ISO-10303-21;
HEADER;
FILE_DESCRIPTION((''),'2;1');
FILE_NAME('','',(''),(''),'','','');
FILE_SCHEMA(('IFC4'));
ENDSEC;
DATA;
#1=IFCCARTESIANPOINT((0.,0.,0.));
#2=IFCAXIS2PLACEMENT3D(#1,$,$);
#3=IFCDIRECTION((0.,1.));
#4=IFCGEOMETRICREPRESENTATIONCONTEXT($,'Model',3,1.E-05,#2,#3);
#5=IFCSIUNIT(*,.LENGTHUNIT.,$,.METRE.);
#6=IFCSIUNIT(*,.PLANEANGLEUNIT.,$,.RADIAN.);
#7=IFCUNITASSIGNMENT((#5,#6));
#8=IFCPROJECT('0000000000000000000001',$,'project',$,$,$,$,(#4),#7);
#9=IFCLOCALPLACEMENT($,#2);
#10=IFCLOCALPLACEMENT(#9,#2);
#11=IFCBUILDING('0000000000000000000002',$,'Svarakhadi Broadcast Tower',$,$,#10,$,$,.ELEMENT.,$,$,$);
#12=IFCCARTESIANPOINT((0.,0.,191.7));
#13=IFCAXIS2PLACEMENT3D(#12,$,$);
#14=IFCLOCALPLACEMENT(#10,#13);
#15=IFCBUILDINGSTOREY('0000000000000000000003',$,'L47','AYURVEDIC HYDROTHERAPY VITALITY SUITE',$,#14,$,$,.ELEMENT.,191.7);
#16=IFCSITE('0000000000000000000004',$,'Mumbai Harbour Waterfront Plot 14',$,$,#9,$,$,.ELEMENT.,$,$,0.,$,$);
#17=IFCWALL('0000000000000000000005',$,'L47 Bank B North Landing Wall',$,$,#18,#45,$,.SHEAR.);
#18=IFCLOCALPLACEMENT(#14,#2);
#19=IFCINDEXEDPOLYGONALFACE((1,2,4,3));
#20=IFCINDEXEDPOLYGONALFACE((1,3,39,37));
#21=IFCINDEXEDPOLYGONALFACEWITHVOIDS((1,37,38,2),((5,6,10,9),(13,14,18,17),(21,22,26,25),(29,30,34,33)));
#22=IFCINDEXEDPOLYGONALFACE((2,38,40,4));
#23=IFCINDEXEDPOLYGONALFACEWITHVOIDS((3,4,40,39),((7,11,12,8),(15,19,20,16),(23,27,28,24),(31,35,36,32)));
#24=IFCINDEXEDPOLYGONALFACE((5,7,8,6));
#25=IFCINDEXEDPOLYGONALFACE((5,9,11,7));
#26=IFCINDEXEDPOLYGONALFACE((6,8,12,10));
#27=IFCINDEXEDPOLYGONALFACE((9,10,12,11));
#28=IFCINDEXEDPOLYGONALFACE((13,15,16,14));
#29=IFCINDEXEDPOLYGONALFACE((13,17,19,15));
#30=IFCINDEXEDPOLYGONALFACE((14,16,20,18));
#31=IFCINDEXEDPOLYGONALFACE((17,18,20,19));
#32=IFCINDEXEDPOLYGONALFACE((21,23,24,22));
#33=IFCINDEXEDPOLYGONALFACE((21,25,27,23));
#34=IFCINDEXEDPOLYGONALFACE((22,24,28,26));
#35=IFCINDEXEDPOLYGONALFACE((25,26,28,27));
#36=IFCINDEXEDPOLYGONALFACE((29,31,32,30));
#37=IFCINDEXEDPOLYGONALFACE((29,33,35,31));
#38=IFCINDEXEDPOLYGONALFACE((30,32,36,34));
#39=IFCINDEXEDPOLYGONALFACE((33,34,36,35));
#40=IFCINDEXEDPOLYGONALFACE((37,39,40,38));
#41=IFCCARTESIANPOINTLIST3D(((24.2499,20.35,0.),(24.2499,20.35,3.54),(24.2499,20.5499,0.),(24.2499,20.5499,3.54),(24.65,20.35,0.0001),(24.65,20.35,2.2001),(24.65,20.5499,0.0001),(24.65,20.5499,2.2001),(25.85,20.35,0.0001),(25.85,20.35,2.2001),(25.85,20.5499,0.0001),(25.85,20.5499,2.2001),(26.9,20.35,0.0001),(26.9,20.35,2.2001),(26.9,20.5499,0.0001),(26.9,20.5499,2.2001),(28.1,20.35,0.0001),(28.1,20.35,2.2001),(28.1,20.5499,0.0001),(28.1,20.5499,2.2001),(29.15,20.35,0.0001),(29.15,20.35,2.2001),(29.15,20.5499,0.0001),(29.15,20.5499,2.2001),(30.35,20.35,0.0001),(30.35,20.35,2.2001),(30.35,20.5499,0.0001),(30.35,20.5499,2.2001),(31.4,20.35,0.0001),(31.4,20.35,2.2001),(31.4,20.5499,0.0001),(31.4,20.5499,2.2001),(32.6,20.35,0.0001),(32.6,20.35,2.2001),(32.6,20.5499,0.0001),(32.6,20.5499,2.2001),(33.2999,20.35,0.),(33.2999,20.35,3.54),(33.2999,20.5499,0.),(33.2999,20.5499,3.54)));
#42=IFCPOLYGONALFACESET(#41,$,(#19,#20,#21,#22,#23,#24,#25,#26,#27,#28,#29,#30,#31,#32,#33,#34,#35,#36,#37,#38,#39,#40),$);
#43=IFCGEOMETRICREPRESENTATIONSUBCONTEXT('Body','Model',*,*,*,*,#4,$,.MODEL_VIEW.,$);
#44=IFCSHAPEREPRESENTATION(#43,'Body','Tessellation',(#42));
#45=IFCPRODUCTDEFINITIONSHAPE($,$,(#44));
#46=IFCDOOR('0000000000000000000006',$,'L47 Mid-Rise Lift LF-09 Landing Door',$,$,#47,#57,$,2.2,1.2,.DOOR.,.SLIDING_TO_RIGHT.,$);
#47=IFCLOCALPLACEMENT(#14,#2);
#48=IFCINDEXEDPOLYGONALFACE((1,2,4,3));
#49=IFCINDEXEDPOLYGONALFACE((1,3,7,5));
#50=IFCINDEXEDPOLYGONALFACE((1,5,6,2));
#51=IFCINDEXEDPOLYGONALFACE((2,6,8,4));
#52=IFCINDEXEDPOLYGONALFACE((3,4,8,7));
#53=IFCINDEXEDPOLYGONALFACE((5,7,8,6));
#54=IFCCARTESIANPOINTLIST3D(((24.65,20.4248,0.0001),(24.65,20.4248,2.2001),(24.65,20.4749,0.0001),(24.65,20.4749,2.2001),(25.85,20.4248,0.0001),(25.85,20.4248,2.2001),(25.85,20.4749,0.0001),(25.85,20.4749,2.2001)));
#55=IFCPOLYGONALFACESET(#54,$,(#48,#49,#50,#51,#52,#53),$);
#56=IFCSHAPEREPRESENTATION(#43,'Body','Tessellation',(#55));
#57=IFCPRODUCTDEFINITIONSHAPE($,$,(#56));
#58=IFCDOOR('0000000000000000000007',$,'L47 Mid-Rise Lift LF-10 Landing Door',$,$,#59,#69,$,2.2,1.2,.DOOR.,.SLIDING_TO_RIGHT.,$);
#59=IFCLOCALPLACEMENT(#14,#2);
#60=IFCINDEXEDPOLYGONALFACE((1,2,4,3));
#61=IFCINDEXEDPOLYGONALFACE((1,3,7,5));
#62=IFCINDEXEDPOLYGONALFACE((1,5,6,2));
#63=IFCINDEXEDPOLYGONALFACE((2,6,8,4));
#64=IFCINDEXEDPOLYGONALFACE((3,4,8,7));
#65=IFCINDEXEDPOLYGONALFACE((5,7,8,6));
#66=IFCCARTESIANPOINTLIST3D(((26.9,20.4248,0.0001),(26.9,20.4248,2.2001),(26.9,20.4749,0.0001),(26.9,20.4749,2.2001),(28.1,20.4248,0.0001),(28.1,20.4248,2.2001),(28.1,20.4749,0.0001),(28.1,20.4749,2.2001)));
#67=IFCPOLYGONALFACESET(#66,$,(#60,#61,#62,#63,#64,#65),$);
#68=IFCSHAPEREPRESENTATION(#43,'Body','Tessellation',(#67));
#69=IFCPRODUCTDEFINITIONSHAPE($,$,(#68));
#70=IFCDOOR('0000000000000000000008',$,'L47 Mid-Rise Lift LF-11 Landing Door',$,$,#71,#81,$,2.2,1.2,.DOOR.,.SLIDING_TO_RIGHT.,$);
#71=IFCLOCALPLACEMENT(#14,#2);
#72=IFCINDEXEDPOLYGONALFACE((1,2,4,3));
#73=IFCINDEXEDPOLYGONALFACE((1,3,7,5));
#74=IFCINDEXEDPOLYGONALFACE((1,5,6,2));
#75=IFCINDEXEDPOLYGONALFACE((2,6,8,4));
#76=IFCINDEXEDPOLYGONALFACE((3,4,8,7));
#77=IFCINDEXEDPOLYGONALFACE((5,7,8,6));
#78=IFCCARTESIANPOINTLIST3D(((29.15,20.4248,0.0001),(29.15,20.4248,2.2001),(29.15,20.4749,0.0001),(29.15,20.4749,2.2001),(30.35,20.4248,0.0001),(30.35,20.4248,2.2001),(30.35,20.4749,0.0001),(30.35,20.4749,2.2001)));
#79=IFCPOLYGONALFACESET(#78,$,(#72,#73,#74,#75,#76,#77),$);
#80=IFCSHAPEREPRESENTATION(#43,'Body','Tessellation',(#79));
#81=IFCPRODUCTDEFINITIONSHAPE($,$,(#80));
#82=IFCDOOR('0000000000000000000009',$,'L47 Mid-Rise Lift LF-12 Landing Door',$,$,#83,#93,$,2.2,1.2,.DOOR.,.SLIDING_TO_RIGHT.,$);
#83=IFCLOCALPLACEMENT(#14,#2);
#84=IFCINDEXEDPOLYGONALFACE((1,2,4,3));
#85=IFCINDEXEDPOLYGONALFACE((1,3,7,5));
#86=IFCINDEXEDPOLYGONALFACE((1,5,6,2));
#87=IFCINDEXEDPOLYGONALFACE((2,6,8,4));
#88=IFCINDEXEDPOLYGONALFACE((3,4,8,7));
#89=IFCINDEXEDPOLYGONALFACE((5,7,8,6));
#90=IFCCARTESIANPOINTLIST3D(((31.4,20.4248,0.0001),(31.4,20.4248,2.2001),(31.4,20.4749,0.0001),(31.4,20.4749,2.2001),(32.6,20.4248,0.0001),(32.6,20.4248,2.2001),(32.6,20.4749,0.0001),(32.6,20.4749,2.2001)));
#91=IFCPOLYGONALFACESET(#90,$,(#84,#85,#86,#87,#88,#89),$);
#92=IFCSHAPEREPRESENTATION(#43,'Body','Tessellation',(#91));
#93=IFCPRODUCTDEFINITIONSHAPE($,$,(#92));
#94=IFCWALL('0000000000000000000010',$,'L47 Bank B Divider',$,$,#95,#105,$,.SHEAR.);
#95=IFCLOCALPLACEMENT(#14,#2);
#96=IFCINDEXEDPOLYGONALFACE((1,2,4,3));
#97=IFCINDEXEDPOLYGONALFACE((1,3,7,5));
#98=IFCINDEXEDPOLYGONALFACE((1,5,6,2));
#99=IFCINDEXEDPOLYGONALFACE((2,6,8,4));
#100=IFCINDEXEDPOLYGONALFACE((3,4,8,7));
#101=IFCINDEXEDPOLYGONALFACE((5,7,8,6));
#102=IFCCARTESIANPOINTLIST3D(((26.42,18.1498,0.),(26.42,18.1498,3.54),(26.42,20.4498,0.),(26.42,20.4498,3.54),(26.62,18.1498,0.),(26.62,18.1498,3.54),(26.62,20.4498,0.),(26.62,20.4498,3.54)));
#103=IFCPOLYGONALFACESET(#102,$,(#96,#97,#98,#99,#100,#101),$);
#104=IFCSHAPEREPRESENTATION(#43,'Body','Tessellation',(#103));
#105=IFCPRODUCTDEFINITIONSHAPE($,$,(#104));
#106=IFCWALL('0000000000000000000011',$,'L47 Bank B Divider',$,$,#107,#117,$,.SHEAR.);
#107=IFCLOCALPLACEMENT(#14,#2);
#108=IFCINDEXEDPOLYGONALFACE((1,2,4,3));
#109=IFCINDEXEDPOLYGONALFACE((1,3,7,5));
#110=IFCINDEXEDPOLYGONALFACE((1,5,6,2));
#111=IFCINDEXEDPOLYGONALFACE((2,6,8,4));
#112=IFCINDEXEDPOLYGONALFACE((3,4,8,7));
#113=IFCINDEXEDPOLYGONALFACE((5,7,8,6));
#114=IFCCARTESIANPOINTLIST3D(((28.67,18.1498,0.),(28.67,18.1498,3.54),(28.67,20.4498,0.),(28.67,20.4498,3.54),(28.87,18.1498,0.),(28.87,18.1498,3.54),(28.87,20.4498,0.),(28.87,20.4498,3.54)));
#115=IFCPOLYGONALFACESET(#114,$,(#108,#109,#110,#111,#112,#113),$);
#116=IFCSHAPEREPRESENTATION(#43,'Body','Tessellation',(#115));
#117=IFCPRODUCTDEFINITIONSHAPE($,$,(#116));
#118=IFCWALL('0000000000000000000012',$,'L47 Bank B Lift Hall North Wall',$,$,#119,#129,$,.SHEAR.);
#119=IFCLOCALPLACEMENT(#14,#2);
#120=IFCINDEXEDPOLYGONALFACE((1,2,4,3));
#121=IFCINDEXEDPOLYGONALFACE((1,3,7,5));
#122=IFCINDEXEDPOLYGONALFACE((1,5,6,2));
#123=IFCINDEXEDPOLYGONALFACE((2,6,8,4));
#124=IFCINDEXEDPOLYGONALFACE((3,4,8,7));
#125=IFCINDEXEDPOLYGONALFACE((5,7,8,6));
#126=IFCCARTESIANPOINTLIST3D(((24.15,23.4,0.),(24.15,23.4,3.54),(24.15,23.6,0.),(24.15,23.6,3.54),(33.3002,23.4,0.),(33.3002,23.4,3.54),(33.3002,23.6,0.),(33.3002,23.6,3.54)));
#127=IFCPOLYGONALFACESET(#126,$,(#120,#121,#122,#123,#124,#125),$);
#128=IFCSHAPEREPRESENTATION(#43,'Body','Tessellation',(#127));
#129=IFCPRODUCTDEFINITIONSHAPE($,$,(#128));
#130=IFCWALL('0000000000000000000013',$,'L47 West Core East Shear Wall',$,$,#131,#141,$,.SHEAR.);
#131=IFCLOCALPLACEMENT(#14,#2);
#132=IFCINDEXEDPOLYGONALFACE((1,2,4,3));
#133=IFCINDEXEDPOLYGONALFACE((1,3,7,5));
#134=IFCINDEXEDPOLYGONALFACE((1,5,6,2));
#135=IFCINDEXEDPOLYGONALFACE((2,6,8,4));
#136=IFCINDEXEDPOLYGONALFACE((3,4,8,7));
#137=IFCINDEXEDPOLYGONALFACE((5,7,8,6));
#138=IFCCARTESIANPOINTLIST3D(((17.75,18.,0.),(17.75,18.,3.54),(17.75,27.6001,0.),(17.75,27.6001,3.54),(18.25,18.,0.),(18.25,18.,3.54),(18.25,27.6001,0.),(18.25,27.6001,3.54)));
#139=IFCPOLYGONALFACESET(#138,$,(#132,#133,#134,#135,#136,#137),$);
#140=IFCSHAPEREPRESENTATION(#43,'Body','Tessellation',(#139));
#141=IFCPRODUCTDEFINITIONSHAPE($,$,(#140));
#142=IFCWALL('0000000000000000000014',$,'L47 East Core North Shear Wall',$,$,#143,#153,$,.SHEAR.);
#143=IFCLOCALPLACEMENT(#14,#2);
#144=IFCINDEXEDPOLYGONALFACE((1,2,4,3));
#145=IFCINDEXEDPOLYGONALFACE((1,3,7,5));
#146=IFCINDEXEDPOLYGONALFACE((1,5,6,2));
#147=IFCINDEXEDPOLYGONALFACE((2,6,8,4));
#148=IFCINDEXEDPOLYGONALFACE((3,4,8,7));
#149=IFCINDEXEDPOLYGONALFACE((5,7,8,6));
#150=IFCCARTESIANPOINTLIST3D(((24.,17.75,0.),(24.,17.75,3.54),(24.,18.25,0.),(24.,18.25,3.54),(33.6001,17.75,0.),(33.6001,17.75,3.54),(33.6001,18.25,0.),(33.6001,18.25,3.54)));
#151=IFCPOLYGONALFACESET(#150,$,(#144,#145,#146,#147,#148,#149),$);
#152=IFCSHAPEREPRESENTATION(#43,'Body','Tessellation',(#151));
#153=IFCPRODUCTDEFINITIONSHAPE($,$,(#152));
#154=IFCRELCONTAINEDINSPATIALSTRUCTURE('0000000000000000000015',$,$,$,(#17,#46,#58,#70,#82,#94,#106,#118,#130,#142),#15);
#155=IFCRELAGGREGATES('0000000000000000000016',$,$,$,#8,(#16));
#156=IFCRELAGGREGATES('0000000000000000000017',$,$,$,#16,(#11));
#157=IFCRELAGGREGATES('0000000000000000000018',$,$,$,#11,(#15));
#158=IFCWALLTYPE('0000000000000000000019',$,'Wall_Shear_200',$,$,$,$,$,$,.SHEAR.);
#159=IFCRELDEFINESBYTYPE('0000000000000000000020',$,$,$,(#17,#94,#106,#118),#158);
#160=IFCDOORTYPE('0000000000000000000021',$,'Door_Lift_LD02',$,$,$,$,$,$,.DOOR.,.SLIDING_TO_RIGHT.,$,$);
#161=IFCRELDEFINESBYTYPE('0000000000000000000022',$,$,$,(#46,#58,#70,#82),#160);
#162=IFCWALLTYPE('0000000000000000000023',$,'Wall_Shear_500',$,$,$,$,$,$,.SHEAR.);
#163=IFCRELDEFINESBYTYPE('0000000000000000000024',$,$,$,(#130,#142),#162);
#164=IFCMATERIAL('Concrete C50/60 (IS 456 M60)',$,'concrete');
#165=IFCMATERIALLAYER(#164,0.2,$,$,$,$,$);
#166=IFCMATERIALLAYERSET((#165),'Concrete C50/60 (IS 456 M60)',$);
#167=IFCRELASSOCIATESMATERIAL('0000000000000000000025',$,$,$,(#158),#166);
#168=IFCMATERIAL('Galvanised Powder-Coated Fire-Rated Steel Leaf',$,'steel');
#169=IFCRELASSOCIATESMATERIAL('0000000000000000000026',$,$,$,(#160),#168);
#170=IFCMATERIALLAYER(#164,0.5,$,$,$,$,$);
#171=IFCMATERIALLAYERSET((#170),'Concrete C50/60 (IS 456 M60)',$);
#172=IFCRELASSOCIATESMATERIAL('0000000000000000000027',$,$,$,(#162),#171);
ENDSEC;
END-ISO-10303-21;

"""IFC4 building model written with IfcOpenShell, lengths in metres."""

from ifc_helpers import new_model, si_unit, direction, frame, frame_2d, origin, place, context, subcontext, project, spatial, rectangle, extrude, material, layer, layer_set, type_object, element, fill, save


model = new_model("IFC4")

# Units and contexts
model_context = context("Model", 3, precision=1e-05, world=origin(), true_north=direction((0.0, 1.0)))
body_context = subcontext(model_context, "Body", "Model", "MODEL_VIEW")
ifc_project = project(units=[si_unit("LENGTHUNIT", "METRE"), si_unit("PLANEANGLEUNIT", "RADIAN")], contexts=[model_context])

# Site, building, storey
site_placement = place(None, origin())
site = spatial("IfcSite", under=ifc_project, at=site_placement, Name="Mumbai Harbour Waterfront Plot 14", CompositionType="ELEMENT", RefElevation=0.0)
building_placement = place(site_placement, origin())
building = spatial("IfcBuilding", under=site, at=building_placement, Name="Svarakhadi Broadcast Tower", CompositionType="ELEMENT")
storey_placement = place(building_placement, frame((0.0, 0.0, 191.7)))
storey = spatial("IfcBuildingStorey", under=building, at=storey_placement, Name="L47", Description="AYURVEDIC HYDROTHERAPY VITALITY SUITE", CompositionType="ELEMENT", Elevation=191.7)

# Shared definitions
ifc_material_1 = material(Name="Concrete C50/60 (IS 456 M60)", Category="concrete")

# Shared definitions
ifc_layer_1 = layer(ifc_material_1, 0.2)
ifc_layer_set_1 = layer_set([ifc_layer_1], Name="Concrete C50/60 (IS 456 M60)")
wall_type_1 = type_object("IfcWallType", Name="Wall_Shear_200", PredefinedType="SHEAR", material=ifc_layer_set_1)
ifc_material_2 = material(Name="Galvanised Powder-Coated Fire-Rated Steel Leaf", Category="steel")

# Wall, openings, doors
wall_1_placement = place(storey_placement, frame((24.25, 20.45, 0.0), z_axis=(0.0, 0.0, 1.0), x_axis=(1.0, 0.0, 0.0)))
wall_1 = element("IfcWall", 1, at=wall_1_placement, inside=storey, type_object=wall_type_1, Name="L47 Bank B North Landing Wall", PredefinedType="SHEAR", context=body_context, shape_type="SweptSolid", body=[
    extrude(rectangle(XDim=9.05, YDim=0.2, at=frame_2d((4.5249, 0.0))), origin(), (0.0, 0.0, 1.0), 3.54),
])
opening_1_placement = place(wall_1_placement, frame((0.3999, 0.0, 0.0)))
opening_1 = element("IfcOpeningElement", 2, at=opening_1_placement, cuts=wall_1, PredefinedType="OPENING", context=body_context, shape_type="SweptSolid", body=[
    extrude(rectangle(XDim=1.2, YDim=2.2, at=frame_2d((0.6001, 1.1001))), frame((0.0, 0.1099, 0.0), z_axis=(0.0, -1.0, 0.0), x_axis=(1.0, 0.0, 0.0)), (0.0, 0.0, 1.0), 0.22),
])
opening_2_placement = place(wall_1_placement, frame((2.6499, 0.0, 0.0)))
opening_2 = element("IfcOpeningElement", 3, at=opening_2_placement, cuts=wall_1, PredefinedType="OPENING", context=body_context, shape_type="SweptSolid", body=[
    extrude(rectangle(XDim=1.2, YDim=2.2, at=frame_2d((0.6001, 1.1001))), frame((0.0, 0.1099, 0.0), z_axis=(0.0, -1.0, 0.0), x_axis=(1.0, 0.0, 0.0)), (0.0, 0.0, 1.0), 0.22),
])
opening_3_placement = place(wall_1_placement, frame((4.8999, 0.0, 0.0)))
opening_3 = element("IfcOpeningElement", 4, at=opening_3_placement, cuts=wall_1, PredefinedType="OPENING", context=body_context, shape_type="SweptSolid", body=[
    extrude(rectangle(XDim=1.2, YDim=2.2, at=frame_2d((0.6001, 1.1001))), frame((0.0, 0.1099, 0.0), z_axis=(0.0, -1.0, 0.0), x_axis=(1.0, 0.0, 0.0)), (0.0, 0.0, 1.0), 0.22),
])
opening_4_placement = place(wall_1_placement, frame((7.1499, 0.0, 0.0)))
opening_4 = element("IfcOpeningElement", 5, at=opening_4_placement, cuts=wall_1, PredefinedType="OPENING", context=body_context, shape_type="SweptSolid", body=[
    extrude(rectangle(XDim=1.2, YDim=2.2, at=frame_2d((0.6001, 1.1001))), frame((0.0, 0.1099, 0.0), z_axis=(0.0, -1.0, 0.0), x_axis=(1.0, 0.0, 0.0)), (0.0, 0.0, 1.0), 0.22),
])
door_type_1 = type_object("IfcDoorType", Name="Door_Lift_LD02", OperationType="SLIDING_TO_RIGHT", PredefinedType="DOOR", material=ifc_material_2)
door_1_placement = place(opening_1_placement, origin())
door_1 = element("IfcDoor", 6, at=door_1_placement, inside=storey, type_object=door_type_1, Name="L47 Mid-Rise Lift LF-09 Landing Door", OperationType="SLIDING_TO_RIGHT", OverallHeight=2.2, OverallWidth=1.2, PredefinedType="DOOR", context=body_context, shape_type="SweptSolid", body=[
    extrude(rectangle(XDim=1.2, YDim=2.2, at=frame_2d((0.6001, 1.1001))), frame((0.0, 0.0249, 0.0), z_axis=(0.0, -1.0, 0.0), x_axis=(1.0, 0.0, 0.0)), (0.0, 0.0, 1.0), 0.05),
])
fill(opening_1, door_1)
door_2_placement = place(opening_2_placement, origin())
door_2 = element("IfcDoor", 7, at=door_2_placement, inside=storey, type_object=door_type_1, Name="L47 Mid-Rise Lift LF-10 Landing Door", OperationType="SLIDING_TO_RIGHT", OverallHeight=2.2, OverallWidth=1.2, PredefinedType="DOOR", context=body_context, shape_type="SweptSolid", body=[
    extrude(rectangle(XDim=1.2, YDim=2.2, at=frame_2d((0.6001, 1.1001))), frame((0.0, 0.0249, 0.0), z_axis=(0.0, -1.0, 0.0), x_axis=(1.0, 0.0, 0.0)), (0.0, 0.0, 1.0), 0.05),
])
fill(opening_2, door_2)
door_3_placement = place(opening_3_placement, origin())
door_3 = element("IfcDoor", 8, at=door_3_placement, inside=storey, type_object=door_type_1, Name="L47 Mid-Rise Lift LF-11 Landing Door", OperationType="SLIDING_TO_RIGHT", OverallHeight=2.2, OverallWidth=1.2, PredefinedType="DOOR", context=body_context, shape_type="SweptSolid", body=[
    extrude(rectangle(XDim=1.2, YDim=2.2, at=frame_2d((0.6001, 1.1001))), frame((0.0, 0.0249, 0.0), z_axis=(0.0, -1.0, 0.0), x_axis=(1.0, 0.0, 0.0)), (0.0, 0.0, 1.0), 0.05),
])
fill(opening_3, door_3)
door_4_placement = place(opening_4_placement, origin())
door_4 = element("IfcDoor", 9, at=door_4_placement, inside=storey, type_object=door_type_1, Name="L47 Mid-Rise Lift LF-12 Landing Door", OperationType="SLIDING_TO_RIGHT", OverallHeight=2.2, OverallWidth=1.2, PredefinedType="DOOR", context=body_context, shape_type="SweptSolid", body=[
    extrude(rectangle(XDim=1.2, YDim=2.2, at=frame_2d((0.6001, 1.1001))), frame((0.0, 0.0249, 0.0), z_axis=(0.0, -1.0, 0.0), x_axis=(1.0, 0.0, 0.0)), (0.0, 0.0, 1.0), 0.05),
])
fill(opening_4, door_4)

# Walls
for number, where, z_axis, x_axis, name in (
    (10, (26.52, 18.1499, 0.0), (0.0, 0.0, 1.0), (0.0, 1.0, 0.0), "L47 Bank B Divider"),
    (11, (28.77, 18.1499, 0.0), (0.0, 0.0, 1.0), (0.0, 1.0, 0.0), "L47 Bank B Divider"),
):
    element("IfcWall", number, at=place(storey_placement, frame(where, z_axis=z_axis, x_axis=x_axis)), inside=storey, type_object=wall_type_1, Name=name, PredefinedType="SHEAR", context=body_context, shape_type="SweptSolid", body=[
        extrude(rectangle(XDim=2.3, YDim=0.2, at=frame_2d((1.1499, 0.0))), origin(), (0.0, 0.0, 1.0), 3.54),
    ])
wall_2_placement = place(storey_placement, frame((24.1499, 23.5, 0.0), z_axis=(0.0, 0.0, 1.0), x_axis=(1.0, 0.0, 0.0)))
element("IfcWall", 12, at=wall_2_placement, inside=storey, type_object=wall_type_1, Name="L47 Bank B Lift Hall North Wall", PredefinedType="SHEAR", context=body_context, shape_type="SweptSolid", body=[
    extrude(rectangle(XDim=9.1501, YDim=0.2, at=frame_2d((4.5752, 0.0))), origin(), (0.0, 0.0, 1.0), 3.54),
])

# Walls
ifc_layer_2 = layer(ifc_material_1, 0.5)
ifc_layer_set_2 = layer_set([ifc_layer_2], Name="Concrete C50/60 (IS 456 M60)")
wall_type_2 = type_object("IfcWallType", Name="Wall_Shear_500", PredefinedType="SHEAR", material=ifc_layer_set_2)
for number, where, z_axis, x_axis, name in (
    (13, (18.0, 18.0, 0.0), (0.0, 0.0, 1.0), (0.0, 1.0, 0.0), "L47 West Core East Shear Wall"),
    (14, (24.0, 18.0, 0.0), (0.0, 0.0, 1.0), (1.0, 0.0, 0.0), "L47 East Core North Shear Wall"),
):
    element("IfcWall", number, at=place(storey_placement, frame(where, z_axis=z_axis, x_axis=x_axis)), inside=storey, type_object=wall_type_2, Name=name, PredefinedType="SHEAR", context=body_context, shape_type="SweptSolid", body=[
        extrude(rectangle(XDim=9.6001, YDim=0.5, at=frame_2d((4.8, 0.0))), origin(), (0.0, 0.0, 1.0), 3.54),
    ])

save(model, "model.ifc")
